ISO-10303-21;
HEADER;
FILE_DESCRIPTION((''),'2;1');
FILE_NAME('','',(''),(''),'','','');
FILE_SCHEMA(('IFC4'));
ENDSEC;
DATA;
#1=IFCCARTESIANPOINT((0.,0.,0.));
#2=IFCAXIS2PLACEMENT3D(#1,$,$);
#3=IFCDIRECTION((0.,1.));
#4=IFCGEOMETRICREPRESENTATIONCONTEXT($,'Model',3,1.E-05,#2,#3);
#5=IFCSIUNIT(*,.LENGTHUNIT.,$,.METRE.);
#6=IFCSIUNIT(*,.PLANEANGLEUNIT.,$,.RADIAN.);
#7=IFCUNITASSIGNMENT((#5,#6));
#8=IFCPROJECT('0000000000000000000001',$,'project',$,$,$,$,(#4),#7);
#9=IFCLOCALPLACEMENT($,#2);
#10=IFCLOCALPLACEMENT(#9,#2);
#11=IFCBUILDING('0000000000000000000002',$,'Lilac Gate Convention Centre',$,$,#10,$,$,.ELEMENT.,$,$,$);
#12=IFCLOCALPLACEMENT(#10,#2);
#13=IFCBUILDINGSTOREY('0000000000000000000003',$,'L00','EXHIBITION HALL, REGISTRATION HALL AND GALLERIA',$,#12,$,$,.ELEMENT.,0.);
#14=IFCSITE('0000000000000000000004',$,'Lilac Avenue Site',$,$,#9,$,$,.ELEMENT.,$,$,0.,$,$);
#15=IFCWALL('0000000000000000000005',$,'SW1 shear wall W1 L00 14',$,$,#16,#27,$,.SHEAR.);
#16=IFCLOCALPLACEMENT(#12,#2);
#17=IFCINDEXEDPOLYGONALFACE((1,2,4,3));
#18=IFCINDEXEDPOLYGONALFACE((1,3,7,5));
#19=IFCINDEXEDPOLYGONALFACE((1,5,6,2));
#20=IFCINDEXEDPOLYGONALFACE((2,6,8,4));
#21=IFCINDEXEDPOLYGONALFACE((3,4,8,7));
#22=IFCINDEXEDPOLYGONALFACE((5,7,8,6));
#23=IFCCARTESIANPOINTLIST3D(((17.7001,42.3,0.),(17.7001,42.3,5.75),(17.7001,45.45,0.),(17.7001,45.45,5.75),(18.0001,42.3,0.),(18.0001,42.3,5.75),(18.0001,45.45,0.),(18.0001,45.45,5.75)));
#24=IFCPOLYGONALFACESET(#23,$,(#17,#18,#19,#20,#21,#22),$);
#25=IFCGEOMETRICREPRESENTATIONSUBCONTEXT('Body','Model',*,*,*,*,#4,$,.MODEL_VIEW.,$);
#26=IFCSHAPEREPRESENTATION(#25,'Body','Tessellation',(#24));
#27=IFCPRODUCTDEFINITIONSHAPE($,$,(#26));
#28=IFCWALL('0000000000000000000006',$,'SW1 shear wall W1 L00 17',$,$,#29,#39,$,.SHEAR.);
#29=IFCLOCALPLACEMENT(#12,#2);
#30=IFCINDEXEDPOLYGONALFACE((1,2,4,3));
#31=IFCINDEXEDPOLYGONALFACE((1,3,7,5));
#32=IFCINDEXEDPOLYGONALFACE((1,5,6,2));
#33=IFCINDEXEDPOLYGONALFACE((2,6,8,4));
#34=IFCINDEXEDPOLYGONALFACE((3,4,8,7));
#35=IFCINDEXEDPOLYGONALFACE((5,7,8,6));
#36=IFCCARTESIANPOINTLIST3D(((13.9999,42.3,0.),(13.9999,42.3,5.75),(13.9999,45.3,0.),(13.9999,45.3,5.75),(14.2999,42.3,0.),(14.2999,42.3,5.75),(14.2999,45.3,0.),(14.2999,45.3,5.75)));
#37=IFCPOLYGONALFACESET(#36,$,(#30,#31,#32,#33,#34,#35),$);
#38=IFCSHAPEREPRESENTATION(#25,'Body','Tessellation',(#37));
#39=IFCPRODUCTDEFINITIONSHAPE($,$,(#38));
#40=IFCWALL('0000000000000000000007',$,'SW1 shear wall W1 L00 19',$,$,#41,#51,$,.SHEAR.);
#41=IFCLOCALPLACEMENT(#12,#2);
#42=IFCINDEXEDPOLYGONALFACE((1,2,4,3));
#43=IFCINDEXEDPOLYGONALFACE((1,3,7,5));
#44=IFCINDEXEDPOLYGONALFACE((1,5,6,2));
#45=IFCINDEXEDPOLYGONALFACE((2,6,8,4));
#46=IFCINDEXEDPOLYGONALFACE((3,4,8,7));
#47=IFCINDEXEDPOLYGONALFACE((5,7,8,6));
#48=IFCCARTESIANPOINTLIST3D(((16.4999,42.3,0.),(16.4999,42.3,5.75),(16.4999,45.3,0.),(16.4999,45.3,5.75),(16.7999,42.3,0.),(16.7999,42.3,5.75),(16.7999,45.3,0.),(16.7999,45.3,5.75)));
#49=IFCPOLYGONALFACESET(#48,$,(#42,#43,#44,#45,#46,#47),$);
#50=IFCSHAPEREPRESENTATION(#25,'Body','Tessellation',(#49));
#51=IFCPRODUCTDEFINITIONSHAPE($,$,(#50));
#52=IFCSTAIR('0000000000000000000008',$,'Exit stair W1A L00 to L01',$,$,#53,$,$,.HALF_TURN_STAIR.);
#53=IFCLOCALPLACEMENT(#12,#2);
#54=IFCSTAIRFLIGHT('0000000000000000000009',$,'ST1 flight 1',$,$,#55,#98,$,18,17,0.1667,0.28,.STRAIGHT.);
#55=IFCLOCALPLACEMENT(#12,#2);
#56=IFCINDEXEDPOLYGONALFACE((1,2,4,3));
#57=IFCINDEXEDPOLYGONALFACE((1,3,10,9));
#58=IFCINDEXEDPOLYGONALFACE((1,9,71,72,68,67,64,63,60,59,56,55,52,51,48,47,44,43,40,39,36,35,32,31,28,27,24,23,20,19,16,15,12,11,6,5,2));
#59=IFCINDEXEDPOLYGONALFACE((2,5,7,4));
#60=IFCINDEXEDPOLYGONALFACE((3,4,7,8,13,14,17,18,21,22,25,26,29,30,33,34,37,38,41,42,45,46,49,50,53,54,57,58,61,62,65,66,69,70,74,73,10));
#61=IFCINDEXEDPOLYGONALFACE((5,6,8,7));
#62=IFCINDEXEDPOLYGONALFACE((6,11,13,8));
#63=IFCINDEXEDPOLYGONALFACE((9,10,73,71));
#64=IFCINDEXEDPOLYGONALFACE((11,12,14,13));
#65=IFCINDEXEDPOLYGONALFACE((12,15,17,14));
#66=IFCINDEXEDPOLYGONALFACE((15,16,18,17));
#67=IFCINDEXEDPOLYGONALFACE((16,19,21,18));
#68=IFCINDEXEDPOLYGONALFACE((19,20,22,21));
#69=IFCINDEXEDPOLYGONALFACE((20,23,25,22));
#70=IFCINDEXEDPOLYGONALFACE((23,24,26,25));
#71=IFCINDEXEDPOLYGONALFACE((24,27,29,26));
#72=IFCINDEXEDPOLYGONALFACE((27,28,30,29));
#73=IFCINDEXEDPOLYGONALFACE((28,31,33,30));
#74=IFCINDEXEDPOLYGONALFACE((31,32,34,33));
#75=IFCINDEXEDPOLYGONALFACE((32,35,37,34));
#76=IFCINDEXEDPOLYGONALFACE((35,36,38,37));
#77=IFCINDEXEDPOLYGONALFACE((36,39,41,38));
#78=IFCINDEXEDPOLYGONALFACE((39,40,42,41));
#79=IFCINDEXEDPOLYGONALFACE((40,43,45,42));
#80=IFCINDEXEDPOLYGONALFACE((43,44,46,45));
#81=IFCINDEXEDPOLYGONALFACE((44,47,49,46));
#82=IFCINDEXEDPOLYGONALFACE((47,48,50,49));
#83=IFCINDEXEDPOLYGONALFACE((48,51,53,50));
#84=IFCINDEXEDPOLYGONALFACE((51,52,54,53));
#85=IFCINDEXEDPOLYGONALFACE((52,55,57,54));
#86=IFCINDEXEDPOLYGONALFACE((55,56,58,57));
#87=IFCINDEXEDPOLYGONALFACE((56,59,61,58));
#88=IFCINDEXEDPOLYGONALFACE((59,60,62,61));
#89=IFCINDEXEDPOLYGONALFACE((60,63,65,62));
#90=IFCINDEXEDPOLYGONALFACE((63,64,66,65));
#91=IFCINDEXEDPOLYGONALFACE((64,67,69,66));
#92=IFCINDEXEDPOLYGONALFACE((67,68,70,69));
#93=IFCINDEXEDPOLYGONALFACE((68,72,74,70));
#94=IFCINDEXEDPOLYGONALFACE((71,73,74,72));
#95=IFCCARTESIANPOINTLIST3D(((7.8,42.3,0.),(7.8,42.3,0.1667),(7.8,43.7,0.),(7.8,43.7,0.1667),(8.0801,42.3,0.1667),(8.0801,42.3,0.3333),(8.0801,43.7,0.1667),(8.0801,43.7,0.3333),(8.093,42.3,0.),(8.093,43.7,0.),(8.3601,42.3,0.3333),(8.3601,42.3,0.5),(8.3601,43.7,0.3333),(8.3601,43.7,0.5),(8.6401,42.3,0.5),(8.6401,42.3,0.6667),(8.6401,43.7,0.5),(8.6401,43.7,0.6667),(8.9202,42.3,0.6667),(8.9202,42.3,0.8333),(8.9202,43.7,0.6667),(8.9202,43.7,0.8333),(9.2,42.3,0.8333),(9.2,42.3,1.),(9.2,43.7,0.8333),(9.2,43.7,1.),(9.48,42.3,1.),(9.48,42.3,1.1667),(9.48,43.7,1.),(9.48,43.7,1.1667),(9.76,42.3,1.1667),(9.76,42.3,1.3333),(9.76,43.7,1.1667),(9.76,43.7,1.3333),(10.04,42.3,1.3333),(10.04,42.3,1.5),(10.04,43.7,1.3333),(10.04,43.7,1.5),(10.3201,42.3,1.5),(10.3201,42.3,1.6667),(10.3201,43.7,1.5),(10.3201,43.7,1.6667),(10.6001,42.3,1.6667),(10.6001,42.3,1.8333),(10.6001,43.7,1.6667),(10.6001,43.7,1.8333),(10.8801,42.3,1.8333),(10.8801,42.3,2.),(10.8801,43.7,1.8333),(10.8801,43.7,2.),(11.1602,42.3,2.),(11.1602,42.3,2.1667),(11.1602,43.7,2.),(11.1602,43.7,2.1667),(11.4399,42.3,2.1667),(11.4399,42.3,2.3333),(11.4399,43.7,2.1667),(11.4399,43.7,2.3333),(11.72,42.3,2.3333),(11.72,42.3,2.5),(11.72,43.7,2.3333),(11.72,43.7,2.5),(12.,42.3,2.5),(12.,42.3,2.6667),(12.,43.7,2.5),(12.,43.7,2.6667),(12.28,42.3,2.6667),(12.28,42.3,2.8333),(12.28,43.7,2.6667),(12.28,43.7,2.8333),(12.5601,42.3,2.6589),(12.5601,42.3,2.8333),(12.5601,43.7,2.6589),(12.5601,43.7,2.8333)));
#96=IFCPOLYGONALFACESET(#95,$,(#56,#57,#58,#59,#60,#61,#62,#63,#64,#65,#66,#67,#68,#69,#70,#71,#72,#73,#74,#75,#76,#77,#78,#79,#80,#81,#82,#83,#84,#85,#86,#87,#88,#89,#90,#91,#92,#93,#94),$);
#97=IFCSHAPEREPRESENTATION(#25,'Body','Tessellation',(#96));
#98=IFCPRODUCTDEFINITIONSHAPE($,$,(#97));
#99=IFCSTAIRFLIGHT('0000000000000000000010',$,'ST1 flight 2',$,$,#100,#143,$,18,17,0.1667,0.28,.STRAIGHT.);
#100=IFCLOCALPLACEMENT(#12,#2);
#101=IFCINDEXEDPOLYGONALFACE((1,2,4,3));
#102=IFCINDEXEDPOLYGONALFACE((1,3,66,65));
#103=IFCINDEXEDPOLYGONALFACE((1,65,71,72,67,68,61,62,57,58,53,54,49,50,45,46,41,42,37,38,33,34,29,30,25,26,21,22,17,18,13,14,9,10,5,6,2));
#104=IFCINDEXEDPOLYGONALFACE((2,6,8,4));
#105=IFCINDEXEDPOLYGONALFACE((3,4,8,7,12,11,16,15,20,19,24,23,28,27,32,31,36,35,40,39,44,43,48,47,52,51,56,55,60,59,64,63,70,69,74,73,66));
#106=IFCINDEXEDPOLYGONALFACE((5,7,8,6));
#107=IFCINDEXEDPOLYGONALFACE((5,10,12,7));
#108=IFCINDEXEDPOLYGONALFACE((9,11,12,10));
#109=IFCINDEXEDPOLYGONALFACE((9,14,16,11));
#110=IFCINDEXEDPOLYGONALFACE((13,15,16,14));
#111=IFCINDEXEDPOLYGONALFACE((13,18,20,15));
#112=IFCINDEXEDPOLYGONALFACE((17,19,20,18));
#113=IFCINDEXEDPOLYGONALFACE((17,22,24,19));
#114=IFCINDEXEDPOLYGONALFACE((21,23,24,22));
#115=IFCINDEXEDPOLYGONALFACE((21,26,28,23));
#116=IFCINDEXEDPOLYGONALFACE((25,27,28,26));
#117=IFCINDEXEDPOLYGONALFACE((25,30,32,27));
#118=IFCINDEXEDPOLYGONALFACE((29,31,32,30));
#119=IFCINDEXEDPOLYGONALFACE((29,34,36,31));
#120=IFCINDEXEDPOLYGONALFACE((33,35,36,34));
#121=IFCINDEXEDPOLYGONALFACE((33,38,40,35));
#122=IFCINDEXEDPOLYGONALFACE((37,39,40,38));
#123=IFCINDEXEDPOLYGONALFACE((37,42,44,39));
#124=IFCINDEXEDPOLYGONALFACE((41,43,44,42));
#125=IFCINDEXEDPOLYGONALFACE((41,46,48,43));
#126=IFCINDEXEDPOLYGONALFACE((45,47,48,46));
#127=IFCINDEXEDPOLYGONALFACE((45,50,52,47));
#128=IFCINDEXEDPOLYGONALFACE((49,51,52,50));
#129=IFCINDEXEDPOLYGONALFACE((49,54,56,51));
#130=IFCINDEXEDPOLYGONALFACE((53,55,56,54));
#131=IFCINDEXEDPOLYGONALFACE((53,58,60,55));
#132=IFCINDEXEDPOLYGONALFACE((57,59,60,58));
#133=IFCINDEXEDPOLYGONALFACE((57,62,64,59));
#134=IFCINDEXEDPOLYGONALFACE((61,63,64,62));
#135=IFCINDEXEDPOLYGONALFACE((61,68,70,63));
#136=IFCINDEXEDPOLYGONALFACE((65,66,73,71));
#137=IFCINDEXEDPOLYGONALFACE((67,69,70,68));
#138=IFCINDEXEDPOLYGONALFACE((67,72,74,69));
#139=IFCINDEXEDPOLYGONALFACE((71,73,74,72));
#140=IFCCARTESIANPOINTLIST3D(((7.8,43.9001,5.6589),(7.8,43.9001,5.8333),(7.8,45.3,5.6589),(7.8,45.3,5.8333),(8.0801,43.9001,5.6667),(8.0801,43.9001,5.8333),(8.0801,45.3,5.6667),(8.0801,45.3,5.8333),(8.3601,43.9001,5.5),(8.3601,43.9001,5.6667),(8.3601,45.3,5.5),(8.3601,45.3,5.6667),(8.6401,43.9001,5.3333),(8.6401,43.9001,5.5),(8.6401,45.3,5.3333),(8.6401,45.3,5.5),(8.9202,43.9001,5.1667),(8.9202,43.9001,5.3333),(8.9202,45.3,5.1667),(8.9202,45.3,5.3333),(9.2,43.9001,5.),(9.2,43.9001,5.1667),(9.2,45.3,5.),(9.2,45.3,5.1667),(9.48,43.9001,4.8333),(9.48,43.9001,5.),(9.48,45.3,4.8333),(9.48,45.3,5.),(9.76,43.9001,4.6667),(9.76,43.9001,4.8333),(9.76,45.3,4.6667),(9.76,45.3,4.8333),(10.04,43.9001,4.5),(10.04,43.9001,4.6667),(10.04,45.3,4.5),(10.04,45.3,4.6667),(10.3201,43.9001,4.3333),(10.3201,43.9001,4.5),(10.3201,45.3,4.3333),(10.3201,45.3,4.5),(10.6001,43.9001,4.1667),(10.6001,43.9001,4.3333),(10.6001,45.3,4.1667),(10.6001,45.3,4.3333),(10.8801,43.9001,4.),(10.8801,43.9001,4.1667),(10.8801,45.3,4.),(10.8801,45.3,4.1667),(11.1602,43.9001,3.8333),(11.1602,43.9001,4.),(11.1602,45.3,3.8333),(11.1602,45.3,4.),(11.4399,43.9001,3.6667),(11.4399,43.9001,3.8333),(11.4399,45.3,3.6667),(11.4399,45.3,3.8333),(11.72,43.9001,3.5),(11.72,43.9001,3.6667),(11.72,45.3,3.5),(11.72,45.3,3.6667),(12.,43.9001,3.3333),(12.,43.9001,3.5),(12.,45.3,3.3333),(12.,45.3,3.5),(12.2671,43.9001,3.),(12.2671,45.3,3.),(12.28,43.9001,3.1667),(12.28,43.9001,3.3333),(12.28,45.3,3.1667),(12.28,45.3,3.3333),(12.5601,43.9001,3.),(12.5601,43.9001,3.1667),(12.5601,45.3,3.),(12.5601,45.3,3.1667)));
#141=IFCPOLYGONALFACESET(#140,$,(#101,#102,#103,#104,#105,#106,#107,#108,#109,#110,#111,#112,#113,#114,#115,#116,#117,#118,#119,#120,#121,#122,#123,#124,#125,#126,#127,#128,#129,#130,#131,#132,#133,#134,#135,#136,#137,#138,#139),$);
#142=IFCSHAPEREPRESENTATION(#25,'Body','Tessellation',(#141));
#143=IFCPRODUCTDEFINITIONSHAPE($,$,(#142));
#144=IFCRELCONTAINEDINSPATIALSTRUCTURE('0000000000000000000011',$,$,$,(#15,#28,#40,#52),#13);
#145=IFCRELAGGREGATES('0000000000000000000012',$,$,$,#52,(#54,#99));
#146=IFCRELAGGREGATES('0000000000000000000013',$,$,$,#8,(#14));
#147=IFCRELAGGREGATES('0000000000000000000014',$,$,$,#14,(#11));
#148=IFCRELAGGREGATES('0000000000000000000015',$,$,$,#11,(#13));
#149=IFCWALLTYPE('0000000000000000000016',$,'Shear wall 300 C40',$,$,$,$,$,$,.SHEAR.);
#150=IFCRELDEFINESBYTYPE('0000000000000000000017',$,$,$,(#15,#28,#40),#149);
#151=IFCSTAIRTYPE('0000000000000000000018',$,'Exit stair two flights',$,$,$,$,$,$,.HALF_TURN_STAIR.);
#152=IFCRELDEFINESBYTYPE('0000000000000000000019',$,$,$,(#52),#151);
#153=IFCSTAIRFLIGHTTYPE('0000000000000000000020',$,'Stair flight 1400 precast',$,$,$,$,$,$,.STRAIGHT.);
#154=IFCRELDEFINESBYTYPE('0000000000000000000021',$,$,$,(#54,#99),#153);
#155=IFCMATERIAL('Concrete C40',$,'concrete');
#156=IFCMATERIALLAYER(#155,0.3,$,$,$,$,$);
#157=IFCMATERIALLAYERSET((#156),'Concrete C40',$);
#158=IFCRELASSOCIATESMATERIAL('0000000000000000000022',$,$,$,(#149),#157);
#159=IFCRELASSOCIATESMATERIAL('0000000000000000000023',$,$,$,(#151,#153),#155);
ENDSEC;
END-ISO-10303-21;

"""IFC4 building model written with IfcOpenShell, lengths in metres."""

from ifc_helpers import new_model, si_unit, direction, frame, frame_2d, origin, place, context, subcontext, project, spatial, polyline, rectangle, outline, extrude, material, layer, layer_set, type_object, element, aggregate, save


model = new_model("IFC4")

# Units and contexts
model_context = context("Model", 3, precision=1e-05, world=origin(), true_north=direction((0.0, 1.0)))
body_context = subcontext(model_context, "Body", "Model", "MODEL_VIEW")
ifc_project = project(units=[si_unit("LENGTHUNIT", "METRE"), si_unit("PLANEANGLEUNIT", "RADIAN")], contexts=[model_context])

# Site, building, storey
site_placement = place(None, origin())
site = spatial("IfcSite", under=ifc_project, at=site_placement, Name="Lilac Avenue Site", CompositionType="ELEMENT", RefElevation=0.0)
building_placement = place(site_placement, origin())
building = spatial("IfcBuilding", under=site, at=building_placement, Name="Lilac Gate Convention Centre", CompositionType="ELEMENT")
storey_placement = place(building_placement, origin())
storey = spatial("IfcBuildingStorey", under=building, at=storey_placement, Name="L00", Description="EXHIBITION HALL, REGISTRATION HALL AND GALLERIA", CompositionType="ELEMENT", Elevation=0.0)

# Shared definitions
ifc_material_1 = material(Name="Concrete C40", Category="concrete")

# Shared definitions
ifc_layer_1 = layer(ifc_material_1, 0.3)
ifc_layer_set_1 = layer_set([ifc_layer_1], Name="Concrete C40")
wall_type_1 = type_object("IfcWallType", Name="Shear wall 300 C40", PredefinedType="SHEAR", material=ifc_layer_set_1)

# Walls
wall_1_placement = place(storey_placement, frame((17.8501, 42.3, 0.0), z_axis=(0.0, 0.0, 1.0), x_axis=(0.0, 1.0, 0.0)))
element("IfcWall", 1, at=wall_1_placement, inside=storey, type_object=wall_type_1, Name="SW1 shear wall W1 L00 14", PredefinedType="SHEAR", context=body_context, shape_type="SweptSolid", body=[
    extrude(rectangle(XDim=3.1499, YDim=0.3, at=frame_2d((1.575, 0.0))), origin(), (0.0, 0.0, 1.0), 5.75),
])
for number, where, z_axis, x_axis, name in (
    (2, (14.1499, 42.3, 0.0), (0.0, 0.0, 1.0), (0.0, 1.0, 0.0), "SW1 shear wall W1 L00 17"),
    (3, (16.6499, 42.3, 0.0), (0.0, 0.0, 1.0), (0.0, 1.0, 0.0), "SW1 shear wall W1 L00 19"),
):
    element("IfcWall", number, at=place(storey_placement, frame(where, z_axis=z_axis, x_axis=x_axis)), inside=storey, type_object=wall_type_1, Name=name, PredefinedType="SHEAR", context=body_context, shape_type="SweptSolid", body=[
        extrude(rectangle(XDim=3.0, YDim=0.3, at=frame_2d((1.5, 0.0))), origin(), (0.0, 0.0, 1.0), 5.75),
    ])

# Stair, stair flights
stair_type = type_object("IfcStairType", Name="Exit stair two flights", PredefinedType="HALF_TURN_STAIR", material=ifc_material_1)
stair_placement = place(storey_placement, origin())
stair = element("IfcStair", 4, at=stair_placement, inside=storey, type_object=stair_type, Name="Exit stair W1A L00 to L01", PredefinedType="HALF_TURN_STAIR")
stair_flight_type = type_object("IfcStairFlightType", Name="Stair flight 1400 precast", PredefinedType="STRAIGHT", material=ifc_material_1)
stair_flight_1_placement = place(storey_placement, frame((7.8, 43.0, 0.0), z_axis=(0.0, 0.0, 1.0), x_axis=(1.0, 0.0, 0.0)))
stair_flight_1 = element("IfcStairFlight", 5, at=stair_flight_1_placement, type_object=stair_flight_type, Name="ST1 flight 1", NumberOfRisers=18, NumberOfTreads=17, PredefinedType="STRAIGHT", RiserHeight=0.1667, TreadLength=0.28, context=body_context, shape_type="SweptSolid", body=[
    extrude(outline(polyline([(0.0, 0.0), (0.0, 0.1667), (0.28, 0.1667), (0.28, 0.3333), (0.5601, 0.3333), (0.5601, 0.5), (0.8401, 0.5), (0.8401, 0.6667), (1.1201, 0.6667), (1.1201, 0.8333), (1.3999, 0.8333), (1.3999, 1.0), (1.6799, 1.0), (1.6799, 1.1667), (1.96, 1.1667), (1.96, 1.3333), (2.24, 1.3333), (2.24, 1.5), (2.52, 1.5), (2.52, 1.6667), (2.8, 1.6667), (2.8, 1.8333), (3.0801, 1.8333), (3.0801, 2.0), (3.3601, 2.0), (3.3601, 2.1667), (3.6399, 2.1667), (3.6399, 2.3333), (3.9199, 2.3333), (3.9199, 2.5), (4.2, 2.5), (4.2, 2.6667), (4.48, 2.6667), (4.48, 2.8333), (4.76, 2.8333), (4.76, 3.0), (4.76, 2.6589), (0.293, 0.0), (0.0, 0.0)])), frame((0.0, 0.7, 0.0), z_axis=(0.0, -1.0, 0.0), x_axis=(1.0, 0.0, 0.0)), (0.0, 0.0, 1.0), 1.3999),
])
stair_flight_2_placement = place(storey_placement, frame((12.5601, 44.6001, 3.0), z_axis=(0.0, 0.0, 1.0), x_axis=(-1.0, 0.0, 0.0)))
stair_flight_2 = element("IfcStairFlight", 6, at=stair_flight_2_placement, type_object=stair_flight_type, Name="ST1 flight 2", NumberOfRisers=18, NumberOfTreads=17, PredefinedType="STRAIGHT", RiserHeight=0.1667, TreadLength=0.28, context=body_context, shape_type="SweptSolid", body=[
    extrude(outline(polyline([(0.0, 0.0), (0.0, 0.1667), (0.28, 0.1667), (0.28, 0.3333), (0.5601, 0.3333), (0.5601, 0.5), (0.8401, 0.5), (0.8401, 0.6667), (1.1201, 0.6667), (1.1201, 0.8333), (1.3999, 0.8333), (1.3999, 1.0), (1.6799, 1.0), (1.6799, 1.1667), (1.96, 1.1667), (1.96, 1.3333), (2.24, 1.3333), (2.24, 1.5), (2.52, 1.5), (2.52, 1.6667), (2.8, 1.6667), (2.8, 1.8333), (3.0801, 1.8333), (3.0801, 2.0), (3.3601, 2.0), (3.3601, 2.1667), (3.6399, 2.1667), (3.6399, 2.3333), (3.9199, 2.3333), (3.9199, 2.5), (4.2, 2.5), (4.2, 2.6667), (4.48, 2.6667), (4.48, 2.8333), (4.76, 2.8333), (4.76, 3.0), (4.76, 2.6589), (0.293, 0.0), (0.0, 0.0)])), frame((0.0, 0.7, 0.0), z_axis=(0.0, -1.0, 0.0), x_axis=(1.0, 0.0, 0.0)), (0.0, 0.0, 1.0), 1.3999),
])
aggregate(stair, [stair_flight_1, stair_flight_2])

save(model, "model.ifc")
